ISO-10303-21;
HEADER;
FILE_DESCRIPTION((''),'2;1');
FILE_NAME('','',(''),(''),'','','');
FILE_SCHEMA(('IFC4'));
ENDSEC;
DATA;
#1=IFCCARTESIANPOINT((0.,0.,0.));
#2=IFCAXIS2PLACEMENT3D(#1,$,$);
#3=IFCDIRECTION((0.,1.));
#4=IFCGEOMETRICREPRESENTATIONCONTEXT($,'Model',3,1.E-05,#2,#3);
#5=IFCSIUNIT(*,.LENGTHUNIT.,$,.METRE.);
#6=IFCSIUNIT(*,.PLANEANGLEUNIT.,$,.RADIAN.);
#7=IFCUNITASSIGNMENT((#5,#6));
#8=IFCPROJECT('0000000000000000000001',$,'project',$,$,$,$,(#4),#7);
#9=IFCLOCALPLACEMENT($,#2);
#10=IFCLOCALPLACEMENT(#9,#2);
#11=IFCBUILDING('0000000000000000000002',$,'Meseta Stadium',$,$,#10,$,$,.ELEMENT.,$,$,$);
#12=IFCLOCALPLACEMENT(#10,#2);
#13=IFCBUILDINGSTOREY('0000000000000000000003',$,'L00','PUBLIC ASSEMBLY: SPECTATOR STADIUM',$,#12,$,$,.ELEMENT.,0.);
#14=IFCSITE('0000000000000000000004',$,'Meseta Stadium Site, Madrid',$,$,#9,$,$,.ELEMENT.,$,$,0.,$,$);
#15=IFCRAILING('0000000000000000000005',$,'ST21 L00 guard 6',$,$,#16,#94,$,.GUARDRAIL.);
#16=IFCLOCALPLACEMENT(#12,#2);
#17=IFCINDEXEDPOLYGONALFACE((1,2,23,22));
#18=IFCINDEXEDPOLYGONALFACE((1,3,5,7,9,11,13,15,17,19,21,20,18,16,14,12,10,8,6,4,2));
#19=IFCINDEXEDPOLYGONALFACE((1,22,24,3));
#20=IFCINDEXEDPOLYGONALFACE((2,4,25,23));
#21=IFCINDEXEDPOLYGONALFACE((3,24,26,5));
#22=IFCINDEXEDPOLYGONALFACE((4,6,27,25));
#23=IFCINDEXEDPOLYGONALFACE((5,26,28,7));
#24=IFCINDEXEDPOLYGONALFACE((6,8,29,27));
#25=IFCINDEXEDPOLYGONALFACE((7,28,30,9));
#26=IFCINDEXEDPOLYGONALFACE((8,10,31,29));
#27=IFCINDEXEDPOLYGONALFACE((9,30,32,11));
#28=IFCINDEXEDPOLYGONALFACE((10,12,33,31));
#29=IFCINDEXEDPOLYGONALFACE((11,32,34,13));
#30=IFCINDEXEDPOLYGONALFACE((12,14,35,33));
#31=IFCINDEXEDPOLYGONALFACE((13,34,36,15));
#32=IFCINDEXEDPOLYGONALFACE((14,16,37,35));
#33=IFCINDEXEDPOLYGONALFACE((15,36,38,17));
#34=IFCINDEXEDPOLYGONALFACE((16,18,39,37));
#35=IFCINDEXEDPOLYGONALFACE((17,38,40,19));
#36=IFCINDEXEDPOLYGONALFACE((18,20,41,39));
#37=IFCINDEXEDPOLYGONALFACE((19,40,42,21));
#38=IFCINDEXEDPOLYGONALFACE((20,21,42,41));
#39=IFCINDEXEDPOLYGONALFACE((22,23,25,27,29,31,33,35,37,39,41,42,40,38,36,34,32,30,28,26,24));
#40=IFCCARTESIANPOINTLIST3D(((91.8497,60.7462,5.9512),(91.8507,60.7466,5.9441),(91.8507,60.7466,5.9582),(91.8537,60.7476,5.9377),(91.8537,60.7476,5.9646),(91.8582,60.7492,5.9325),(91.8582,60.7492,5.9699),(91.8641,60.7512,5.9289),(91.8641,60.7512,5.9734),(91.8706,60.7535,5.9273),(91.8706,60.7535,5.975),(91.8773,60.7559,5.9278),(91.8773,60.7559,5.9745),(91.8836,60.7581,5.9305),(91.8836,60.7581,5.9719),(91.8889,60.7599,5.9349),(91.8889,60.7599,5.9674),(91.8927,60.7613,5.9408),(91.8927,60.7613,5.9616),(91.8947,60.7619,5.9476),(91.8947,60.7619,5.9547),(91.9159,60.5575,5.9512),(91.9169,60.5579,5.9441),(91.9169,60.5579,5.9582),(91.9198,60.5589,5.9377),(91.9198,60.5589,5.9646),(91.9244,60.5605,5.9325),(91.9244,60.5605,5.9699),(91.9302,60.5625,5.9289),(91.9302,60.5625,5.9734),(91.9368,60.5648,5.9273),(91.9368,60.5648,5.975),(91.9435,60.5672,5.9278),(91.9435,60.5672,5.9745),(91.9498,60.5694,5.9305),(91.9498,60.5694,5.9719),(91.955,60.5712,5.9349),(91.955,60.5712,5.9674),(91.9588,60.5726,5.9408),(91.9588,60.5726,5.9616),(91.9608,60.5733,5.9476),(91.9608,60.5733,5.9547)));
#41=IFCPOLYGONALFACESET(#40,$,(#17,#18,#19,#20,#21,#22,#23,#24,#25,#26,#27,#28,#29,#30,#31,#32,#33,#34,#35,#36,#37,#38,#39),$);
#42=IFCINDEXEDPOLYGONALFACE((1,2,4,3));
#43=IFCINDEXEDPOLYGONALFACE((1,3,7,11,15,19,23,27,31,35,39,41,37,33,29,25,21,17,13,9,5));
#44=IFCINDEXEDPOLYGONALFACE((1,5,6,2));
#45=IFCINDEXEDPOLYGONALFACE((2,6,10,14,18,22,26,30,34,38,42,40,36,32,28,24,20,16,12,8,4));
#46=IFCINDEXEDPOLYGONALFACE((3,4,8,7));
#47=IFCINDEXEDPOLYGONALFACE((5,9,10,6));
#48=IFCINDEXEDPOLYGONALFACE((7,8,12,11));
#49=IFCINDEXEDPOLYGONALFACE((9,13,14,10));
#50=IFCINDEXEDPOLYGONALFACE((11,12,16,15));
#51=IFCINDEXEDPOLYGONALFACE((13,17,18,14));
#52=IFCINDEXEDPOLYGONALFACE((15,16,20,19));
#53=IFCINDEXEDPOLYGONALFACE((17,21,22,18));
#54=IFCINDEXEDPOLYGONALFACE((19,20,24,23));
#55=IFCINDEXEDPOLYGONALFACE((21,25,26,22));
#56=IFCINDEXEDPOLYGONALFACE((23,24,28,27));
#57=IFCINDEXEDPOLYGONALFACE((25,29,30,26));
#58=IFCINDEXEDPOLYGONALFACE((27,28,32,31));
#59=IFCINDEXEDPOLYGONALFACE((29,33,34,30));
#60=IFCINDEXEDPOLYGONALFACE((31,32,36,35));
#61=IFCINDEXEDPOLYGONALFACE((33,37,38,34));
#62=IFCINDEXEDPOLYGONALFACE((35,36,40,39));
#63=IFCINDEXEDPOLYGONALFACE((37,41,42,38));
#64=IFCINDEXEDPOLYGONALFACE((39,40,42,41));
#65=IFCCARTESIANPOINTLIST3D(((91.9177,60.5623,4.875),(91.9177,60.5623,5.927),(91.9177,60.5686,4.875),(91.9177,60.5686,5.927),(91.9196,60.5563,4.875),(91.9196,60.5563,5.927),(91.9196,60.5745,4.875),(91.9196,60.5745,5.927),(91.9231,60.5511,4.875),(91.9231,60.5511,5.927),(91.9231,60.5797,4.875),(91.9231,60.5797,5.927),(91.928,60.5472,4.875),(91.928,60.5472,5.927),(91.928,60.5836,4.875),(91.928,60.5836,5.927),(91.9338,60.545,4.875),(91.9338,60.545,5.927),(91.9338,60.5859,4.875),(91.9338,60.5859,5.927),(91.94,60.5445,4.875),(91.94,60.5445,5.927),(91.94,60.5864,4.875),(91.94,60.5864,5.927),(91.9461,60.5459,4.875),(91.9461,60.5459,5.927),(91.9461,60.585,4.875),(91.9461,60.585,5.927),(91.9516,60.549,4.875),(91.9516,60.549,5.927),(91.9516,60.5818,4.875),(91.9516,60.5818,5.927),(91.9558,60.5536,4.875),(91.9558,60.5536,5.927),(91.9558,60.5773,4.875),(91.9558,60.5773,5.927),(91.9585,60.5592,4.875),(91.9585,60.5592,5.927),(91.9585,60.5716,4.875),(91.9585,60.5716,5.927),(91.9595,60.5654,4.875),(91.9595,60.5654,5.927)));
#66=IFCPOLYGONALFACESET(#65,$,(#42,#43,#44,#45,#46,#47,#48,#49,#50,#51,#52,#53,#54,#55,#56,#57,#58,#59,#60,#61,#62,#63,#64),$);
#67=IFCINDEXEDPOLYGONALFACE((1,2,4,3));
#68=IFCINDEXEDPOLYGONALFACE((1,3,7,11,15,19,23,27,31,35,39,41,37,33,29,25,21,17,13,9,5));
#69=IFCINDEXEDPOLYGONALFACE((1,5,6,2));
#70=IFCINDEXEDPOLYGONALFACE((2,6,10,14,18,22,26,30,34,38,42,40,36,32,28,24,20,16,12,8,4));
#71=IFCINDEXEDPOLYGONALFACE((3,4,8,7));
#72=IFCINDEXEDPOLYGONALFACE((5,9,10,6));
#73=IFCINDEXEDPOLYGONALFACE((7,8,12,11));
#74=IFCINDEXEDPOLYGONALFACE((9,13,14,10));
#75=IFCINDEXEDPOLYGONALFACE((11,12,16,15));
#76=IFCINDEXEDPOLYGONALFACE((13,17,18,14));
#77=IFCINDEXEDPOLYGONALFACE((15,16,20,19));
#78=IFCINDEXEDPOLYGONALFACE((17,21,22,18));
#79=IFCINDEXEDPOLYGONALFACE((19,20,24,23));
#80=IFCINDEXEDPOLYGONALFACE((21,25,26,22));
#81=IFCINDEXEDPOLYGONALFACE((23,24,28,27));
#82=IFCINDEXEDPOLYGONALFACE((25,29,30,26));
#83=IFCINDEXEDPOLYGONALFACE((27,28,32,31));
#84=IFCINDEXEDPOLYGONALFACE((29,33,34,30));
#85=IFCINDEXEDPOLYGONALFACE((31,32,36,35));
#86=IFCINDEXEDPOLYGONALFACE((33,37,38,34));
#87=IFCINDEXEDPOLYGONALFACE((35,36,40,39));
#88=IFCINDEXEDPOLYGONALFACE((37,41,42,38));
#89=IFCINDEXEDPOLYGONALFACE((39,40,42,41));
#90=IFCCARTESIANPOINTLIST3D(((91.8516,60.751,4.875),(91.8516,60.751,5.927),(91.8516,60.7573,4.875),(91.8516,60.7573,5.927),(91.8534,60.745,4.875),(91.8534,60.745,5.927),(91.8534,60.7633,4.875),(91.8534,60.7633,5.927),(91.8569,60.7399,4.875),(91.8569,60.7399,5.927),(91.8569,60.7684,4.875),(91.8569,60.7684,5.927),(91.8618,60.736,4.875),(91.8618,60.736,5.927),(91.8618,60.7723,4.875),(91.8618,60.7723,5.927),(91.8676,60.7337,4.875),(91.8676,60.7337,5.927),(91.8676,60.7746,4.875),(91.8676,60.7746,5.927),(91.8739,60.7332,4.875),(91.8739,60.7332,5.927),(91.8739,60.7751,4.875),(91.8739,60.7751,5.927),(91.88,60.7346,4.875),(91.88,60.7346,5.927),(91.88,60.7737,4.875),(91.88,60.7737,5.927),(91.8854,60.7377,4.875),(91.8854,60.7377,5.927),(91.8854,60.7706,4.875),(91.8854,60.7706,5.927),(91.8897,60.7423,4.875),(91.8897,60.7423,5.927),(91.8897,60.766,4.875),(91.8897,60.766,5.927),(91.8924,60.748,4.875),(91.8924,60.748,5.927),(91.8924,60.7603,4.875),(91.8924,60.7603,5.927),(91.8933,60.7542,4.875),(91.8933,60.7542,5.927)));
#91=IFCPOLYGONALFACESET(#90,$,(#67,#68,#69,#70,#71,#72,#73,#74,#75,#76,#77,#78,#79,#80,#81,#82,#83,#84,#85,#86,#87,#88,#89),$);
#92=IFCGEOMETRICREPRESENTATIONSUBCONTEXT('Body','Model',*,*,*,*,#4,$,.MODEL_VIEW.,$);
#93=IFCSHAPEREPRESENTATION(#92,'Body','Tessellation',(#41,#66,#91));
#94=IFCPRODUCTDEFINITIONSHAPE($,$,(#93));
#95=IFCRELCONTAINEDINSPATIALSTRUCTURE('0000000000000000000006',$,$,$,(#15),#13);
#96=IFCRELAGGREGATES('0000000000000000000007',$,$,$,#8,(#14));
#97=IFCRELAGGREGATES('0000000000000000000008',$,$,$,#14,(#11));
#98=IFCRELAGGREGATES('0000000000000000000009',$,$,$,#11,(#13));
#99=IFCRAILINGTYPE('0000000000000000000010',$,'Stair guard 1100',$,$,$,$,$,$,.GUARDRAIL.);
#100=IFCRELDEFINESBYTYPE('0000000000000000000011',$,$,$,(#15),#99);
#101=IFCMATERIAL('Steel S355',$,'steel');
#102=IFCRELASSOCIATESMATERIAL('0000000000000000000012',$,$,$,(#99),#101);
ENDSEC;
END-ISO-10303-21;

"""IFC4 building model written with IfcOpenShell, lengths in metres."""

from ifc_helpers import new_model, si_unit, direction, frame, origin, origin_2d, place, context, subcontext, project, spatial, circle, extrude, material, type_object, element, save


model = new_model("IFC4")

# Units and contexts
model_context = context("Model", 3, precision=1e-05, world=origin(), true_north=direction((0.0, 1.0)))
body_context = subcontext(model_context, "Body", "Model", "MODEL_VIEW")
ifc_project = project(units=[si_unit("LENGTHUNIT", "METRE"), si_unit("PLANEANGLEUNIT", "RADIAN")], contexts=[model_context])

# Site, building, storey
site_placement = place(None, origin())
site = spatial("IfcSite", under=ifc_project, at=site_placement, Name="Meseta Stadium Site, Madrid", CompositionType="ELEMENT", RefElevation=0.0)
building_placement = place(site_placement, origin())
building = spatial("IfcBuilding", under=site, at=building_placement, Name="Meseta Stadium", CompositionType="ELEMENT")
storey_placement = place(building_placement, origin())
storey = spatial("IfcBuildingStorey", under=building, at=storey_placement, Name="L00", Description="PUBLIC ASSEMBLY: SPECTATOR STADIUM", CompositionType="ELEMENT", Elevation=0.0)

# Railing
ifc_material_1 = material(Name="Steel S355", Category="steel")
railing_type_1 = type_object("IfcRailingType", Name="Stair guard 1100", PredefinedType="GUARDRAIL", material=ifc_material_1)
railing_1_placement = place(storey_placement, frame((91.9385, 60.5654, 4.875)))
element("IfcRailing", 1, at=railing_1_placement, inside=storey, type_object=railing_type_1, Name="ST21 L00 guard 6", PredefinedType="GUARDRAIL", context=body_context, shape_type="SweptSolid", body=[
    extrude(circle(Radius=0.0239, at=origin_2d()), frame((0.0, 0.0, 1.0762), z_axis=(-0.33084, 0.943687, 0.0), x_axis=(-0.943687, -0.33084, 0.0)), (0.0, 0.0, 1.0), 0.2),
    extrude(circle(Radius=0.021, at=origin_2d()), origin(), (0.0, 0.0, 1.0), 1.052),
    extrude(circle(Radius=0.021, at=origin_2d()), frame((-0.0662, 0.1887, 0.0)), (0.0, 0.0, 1.0), 1.052),
])

save(model, "model.ifc")
